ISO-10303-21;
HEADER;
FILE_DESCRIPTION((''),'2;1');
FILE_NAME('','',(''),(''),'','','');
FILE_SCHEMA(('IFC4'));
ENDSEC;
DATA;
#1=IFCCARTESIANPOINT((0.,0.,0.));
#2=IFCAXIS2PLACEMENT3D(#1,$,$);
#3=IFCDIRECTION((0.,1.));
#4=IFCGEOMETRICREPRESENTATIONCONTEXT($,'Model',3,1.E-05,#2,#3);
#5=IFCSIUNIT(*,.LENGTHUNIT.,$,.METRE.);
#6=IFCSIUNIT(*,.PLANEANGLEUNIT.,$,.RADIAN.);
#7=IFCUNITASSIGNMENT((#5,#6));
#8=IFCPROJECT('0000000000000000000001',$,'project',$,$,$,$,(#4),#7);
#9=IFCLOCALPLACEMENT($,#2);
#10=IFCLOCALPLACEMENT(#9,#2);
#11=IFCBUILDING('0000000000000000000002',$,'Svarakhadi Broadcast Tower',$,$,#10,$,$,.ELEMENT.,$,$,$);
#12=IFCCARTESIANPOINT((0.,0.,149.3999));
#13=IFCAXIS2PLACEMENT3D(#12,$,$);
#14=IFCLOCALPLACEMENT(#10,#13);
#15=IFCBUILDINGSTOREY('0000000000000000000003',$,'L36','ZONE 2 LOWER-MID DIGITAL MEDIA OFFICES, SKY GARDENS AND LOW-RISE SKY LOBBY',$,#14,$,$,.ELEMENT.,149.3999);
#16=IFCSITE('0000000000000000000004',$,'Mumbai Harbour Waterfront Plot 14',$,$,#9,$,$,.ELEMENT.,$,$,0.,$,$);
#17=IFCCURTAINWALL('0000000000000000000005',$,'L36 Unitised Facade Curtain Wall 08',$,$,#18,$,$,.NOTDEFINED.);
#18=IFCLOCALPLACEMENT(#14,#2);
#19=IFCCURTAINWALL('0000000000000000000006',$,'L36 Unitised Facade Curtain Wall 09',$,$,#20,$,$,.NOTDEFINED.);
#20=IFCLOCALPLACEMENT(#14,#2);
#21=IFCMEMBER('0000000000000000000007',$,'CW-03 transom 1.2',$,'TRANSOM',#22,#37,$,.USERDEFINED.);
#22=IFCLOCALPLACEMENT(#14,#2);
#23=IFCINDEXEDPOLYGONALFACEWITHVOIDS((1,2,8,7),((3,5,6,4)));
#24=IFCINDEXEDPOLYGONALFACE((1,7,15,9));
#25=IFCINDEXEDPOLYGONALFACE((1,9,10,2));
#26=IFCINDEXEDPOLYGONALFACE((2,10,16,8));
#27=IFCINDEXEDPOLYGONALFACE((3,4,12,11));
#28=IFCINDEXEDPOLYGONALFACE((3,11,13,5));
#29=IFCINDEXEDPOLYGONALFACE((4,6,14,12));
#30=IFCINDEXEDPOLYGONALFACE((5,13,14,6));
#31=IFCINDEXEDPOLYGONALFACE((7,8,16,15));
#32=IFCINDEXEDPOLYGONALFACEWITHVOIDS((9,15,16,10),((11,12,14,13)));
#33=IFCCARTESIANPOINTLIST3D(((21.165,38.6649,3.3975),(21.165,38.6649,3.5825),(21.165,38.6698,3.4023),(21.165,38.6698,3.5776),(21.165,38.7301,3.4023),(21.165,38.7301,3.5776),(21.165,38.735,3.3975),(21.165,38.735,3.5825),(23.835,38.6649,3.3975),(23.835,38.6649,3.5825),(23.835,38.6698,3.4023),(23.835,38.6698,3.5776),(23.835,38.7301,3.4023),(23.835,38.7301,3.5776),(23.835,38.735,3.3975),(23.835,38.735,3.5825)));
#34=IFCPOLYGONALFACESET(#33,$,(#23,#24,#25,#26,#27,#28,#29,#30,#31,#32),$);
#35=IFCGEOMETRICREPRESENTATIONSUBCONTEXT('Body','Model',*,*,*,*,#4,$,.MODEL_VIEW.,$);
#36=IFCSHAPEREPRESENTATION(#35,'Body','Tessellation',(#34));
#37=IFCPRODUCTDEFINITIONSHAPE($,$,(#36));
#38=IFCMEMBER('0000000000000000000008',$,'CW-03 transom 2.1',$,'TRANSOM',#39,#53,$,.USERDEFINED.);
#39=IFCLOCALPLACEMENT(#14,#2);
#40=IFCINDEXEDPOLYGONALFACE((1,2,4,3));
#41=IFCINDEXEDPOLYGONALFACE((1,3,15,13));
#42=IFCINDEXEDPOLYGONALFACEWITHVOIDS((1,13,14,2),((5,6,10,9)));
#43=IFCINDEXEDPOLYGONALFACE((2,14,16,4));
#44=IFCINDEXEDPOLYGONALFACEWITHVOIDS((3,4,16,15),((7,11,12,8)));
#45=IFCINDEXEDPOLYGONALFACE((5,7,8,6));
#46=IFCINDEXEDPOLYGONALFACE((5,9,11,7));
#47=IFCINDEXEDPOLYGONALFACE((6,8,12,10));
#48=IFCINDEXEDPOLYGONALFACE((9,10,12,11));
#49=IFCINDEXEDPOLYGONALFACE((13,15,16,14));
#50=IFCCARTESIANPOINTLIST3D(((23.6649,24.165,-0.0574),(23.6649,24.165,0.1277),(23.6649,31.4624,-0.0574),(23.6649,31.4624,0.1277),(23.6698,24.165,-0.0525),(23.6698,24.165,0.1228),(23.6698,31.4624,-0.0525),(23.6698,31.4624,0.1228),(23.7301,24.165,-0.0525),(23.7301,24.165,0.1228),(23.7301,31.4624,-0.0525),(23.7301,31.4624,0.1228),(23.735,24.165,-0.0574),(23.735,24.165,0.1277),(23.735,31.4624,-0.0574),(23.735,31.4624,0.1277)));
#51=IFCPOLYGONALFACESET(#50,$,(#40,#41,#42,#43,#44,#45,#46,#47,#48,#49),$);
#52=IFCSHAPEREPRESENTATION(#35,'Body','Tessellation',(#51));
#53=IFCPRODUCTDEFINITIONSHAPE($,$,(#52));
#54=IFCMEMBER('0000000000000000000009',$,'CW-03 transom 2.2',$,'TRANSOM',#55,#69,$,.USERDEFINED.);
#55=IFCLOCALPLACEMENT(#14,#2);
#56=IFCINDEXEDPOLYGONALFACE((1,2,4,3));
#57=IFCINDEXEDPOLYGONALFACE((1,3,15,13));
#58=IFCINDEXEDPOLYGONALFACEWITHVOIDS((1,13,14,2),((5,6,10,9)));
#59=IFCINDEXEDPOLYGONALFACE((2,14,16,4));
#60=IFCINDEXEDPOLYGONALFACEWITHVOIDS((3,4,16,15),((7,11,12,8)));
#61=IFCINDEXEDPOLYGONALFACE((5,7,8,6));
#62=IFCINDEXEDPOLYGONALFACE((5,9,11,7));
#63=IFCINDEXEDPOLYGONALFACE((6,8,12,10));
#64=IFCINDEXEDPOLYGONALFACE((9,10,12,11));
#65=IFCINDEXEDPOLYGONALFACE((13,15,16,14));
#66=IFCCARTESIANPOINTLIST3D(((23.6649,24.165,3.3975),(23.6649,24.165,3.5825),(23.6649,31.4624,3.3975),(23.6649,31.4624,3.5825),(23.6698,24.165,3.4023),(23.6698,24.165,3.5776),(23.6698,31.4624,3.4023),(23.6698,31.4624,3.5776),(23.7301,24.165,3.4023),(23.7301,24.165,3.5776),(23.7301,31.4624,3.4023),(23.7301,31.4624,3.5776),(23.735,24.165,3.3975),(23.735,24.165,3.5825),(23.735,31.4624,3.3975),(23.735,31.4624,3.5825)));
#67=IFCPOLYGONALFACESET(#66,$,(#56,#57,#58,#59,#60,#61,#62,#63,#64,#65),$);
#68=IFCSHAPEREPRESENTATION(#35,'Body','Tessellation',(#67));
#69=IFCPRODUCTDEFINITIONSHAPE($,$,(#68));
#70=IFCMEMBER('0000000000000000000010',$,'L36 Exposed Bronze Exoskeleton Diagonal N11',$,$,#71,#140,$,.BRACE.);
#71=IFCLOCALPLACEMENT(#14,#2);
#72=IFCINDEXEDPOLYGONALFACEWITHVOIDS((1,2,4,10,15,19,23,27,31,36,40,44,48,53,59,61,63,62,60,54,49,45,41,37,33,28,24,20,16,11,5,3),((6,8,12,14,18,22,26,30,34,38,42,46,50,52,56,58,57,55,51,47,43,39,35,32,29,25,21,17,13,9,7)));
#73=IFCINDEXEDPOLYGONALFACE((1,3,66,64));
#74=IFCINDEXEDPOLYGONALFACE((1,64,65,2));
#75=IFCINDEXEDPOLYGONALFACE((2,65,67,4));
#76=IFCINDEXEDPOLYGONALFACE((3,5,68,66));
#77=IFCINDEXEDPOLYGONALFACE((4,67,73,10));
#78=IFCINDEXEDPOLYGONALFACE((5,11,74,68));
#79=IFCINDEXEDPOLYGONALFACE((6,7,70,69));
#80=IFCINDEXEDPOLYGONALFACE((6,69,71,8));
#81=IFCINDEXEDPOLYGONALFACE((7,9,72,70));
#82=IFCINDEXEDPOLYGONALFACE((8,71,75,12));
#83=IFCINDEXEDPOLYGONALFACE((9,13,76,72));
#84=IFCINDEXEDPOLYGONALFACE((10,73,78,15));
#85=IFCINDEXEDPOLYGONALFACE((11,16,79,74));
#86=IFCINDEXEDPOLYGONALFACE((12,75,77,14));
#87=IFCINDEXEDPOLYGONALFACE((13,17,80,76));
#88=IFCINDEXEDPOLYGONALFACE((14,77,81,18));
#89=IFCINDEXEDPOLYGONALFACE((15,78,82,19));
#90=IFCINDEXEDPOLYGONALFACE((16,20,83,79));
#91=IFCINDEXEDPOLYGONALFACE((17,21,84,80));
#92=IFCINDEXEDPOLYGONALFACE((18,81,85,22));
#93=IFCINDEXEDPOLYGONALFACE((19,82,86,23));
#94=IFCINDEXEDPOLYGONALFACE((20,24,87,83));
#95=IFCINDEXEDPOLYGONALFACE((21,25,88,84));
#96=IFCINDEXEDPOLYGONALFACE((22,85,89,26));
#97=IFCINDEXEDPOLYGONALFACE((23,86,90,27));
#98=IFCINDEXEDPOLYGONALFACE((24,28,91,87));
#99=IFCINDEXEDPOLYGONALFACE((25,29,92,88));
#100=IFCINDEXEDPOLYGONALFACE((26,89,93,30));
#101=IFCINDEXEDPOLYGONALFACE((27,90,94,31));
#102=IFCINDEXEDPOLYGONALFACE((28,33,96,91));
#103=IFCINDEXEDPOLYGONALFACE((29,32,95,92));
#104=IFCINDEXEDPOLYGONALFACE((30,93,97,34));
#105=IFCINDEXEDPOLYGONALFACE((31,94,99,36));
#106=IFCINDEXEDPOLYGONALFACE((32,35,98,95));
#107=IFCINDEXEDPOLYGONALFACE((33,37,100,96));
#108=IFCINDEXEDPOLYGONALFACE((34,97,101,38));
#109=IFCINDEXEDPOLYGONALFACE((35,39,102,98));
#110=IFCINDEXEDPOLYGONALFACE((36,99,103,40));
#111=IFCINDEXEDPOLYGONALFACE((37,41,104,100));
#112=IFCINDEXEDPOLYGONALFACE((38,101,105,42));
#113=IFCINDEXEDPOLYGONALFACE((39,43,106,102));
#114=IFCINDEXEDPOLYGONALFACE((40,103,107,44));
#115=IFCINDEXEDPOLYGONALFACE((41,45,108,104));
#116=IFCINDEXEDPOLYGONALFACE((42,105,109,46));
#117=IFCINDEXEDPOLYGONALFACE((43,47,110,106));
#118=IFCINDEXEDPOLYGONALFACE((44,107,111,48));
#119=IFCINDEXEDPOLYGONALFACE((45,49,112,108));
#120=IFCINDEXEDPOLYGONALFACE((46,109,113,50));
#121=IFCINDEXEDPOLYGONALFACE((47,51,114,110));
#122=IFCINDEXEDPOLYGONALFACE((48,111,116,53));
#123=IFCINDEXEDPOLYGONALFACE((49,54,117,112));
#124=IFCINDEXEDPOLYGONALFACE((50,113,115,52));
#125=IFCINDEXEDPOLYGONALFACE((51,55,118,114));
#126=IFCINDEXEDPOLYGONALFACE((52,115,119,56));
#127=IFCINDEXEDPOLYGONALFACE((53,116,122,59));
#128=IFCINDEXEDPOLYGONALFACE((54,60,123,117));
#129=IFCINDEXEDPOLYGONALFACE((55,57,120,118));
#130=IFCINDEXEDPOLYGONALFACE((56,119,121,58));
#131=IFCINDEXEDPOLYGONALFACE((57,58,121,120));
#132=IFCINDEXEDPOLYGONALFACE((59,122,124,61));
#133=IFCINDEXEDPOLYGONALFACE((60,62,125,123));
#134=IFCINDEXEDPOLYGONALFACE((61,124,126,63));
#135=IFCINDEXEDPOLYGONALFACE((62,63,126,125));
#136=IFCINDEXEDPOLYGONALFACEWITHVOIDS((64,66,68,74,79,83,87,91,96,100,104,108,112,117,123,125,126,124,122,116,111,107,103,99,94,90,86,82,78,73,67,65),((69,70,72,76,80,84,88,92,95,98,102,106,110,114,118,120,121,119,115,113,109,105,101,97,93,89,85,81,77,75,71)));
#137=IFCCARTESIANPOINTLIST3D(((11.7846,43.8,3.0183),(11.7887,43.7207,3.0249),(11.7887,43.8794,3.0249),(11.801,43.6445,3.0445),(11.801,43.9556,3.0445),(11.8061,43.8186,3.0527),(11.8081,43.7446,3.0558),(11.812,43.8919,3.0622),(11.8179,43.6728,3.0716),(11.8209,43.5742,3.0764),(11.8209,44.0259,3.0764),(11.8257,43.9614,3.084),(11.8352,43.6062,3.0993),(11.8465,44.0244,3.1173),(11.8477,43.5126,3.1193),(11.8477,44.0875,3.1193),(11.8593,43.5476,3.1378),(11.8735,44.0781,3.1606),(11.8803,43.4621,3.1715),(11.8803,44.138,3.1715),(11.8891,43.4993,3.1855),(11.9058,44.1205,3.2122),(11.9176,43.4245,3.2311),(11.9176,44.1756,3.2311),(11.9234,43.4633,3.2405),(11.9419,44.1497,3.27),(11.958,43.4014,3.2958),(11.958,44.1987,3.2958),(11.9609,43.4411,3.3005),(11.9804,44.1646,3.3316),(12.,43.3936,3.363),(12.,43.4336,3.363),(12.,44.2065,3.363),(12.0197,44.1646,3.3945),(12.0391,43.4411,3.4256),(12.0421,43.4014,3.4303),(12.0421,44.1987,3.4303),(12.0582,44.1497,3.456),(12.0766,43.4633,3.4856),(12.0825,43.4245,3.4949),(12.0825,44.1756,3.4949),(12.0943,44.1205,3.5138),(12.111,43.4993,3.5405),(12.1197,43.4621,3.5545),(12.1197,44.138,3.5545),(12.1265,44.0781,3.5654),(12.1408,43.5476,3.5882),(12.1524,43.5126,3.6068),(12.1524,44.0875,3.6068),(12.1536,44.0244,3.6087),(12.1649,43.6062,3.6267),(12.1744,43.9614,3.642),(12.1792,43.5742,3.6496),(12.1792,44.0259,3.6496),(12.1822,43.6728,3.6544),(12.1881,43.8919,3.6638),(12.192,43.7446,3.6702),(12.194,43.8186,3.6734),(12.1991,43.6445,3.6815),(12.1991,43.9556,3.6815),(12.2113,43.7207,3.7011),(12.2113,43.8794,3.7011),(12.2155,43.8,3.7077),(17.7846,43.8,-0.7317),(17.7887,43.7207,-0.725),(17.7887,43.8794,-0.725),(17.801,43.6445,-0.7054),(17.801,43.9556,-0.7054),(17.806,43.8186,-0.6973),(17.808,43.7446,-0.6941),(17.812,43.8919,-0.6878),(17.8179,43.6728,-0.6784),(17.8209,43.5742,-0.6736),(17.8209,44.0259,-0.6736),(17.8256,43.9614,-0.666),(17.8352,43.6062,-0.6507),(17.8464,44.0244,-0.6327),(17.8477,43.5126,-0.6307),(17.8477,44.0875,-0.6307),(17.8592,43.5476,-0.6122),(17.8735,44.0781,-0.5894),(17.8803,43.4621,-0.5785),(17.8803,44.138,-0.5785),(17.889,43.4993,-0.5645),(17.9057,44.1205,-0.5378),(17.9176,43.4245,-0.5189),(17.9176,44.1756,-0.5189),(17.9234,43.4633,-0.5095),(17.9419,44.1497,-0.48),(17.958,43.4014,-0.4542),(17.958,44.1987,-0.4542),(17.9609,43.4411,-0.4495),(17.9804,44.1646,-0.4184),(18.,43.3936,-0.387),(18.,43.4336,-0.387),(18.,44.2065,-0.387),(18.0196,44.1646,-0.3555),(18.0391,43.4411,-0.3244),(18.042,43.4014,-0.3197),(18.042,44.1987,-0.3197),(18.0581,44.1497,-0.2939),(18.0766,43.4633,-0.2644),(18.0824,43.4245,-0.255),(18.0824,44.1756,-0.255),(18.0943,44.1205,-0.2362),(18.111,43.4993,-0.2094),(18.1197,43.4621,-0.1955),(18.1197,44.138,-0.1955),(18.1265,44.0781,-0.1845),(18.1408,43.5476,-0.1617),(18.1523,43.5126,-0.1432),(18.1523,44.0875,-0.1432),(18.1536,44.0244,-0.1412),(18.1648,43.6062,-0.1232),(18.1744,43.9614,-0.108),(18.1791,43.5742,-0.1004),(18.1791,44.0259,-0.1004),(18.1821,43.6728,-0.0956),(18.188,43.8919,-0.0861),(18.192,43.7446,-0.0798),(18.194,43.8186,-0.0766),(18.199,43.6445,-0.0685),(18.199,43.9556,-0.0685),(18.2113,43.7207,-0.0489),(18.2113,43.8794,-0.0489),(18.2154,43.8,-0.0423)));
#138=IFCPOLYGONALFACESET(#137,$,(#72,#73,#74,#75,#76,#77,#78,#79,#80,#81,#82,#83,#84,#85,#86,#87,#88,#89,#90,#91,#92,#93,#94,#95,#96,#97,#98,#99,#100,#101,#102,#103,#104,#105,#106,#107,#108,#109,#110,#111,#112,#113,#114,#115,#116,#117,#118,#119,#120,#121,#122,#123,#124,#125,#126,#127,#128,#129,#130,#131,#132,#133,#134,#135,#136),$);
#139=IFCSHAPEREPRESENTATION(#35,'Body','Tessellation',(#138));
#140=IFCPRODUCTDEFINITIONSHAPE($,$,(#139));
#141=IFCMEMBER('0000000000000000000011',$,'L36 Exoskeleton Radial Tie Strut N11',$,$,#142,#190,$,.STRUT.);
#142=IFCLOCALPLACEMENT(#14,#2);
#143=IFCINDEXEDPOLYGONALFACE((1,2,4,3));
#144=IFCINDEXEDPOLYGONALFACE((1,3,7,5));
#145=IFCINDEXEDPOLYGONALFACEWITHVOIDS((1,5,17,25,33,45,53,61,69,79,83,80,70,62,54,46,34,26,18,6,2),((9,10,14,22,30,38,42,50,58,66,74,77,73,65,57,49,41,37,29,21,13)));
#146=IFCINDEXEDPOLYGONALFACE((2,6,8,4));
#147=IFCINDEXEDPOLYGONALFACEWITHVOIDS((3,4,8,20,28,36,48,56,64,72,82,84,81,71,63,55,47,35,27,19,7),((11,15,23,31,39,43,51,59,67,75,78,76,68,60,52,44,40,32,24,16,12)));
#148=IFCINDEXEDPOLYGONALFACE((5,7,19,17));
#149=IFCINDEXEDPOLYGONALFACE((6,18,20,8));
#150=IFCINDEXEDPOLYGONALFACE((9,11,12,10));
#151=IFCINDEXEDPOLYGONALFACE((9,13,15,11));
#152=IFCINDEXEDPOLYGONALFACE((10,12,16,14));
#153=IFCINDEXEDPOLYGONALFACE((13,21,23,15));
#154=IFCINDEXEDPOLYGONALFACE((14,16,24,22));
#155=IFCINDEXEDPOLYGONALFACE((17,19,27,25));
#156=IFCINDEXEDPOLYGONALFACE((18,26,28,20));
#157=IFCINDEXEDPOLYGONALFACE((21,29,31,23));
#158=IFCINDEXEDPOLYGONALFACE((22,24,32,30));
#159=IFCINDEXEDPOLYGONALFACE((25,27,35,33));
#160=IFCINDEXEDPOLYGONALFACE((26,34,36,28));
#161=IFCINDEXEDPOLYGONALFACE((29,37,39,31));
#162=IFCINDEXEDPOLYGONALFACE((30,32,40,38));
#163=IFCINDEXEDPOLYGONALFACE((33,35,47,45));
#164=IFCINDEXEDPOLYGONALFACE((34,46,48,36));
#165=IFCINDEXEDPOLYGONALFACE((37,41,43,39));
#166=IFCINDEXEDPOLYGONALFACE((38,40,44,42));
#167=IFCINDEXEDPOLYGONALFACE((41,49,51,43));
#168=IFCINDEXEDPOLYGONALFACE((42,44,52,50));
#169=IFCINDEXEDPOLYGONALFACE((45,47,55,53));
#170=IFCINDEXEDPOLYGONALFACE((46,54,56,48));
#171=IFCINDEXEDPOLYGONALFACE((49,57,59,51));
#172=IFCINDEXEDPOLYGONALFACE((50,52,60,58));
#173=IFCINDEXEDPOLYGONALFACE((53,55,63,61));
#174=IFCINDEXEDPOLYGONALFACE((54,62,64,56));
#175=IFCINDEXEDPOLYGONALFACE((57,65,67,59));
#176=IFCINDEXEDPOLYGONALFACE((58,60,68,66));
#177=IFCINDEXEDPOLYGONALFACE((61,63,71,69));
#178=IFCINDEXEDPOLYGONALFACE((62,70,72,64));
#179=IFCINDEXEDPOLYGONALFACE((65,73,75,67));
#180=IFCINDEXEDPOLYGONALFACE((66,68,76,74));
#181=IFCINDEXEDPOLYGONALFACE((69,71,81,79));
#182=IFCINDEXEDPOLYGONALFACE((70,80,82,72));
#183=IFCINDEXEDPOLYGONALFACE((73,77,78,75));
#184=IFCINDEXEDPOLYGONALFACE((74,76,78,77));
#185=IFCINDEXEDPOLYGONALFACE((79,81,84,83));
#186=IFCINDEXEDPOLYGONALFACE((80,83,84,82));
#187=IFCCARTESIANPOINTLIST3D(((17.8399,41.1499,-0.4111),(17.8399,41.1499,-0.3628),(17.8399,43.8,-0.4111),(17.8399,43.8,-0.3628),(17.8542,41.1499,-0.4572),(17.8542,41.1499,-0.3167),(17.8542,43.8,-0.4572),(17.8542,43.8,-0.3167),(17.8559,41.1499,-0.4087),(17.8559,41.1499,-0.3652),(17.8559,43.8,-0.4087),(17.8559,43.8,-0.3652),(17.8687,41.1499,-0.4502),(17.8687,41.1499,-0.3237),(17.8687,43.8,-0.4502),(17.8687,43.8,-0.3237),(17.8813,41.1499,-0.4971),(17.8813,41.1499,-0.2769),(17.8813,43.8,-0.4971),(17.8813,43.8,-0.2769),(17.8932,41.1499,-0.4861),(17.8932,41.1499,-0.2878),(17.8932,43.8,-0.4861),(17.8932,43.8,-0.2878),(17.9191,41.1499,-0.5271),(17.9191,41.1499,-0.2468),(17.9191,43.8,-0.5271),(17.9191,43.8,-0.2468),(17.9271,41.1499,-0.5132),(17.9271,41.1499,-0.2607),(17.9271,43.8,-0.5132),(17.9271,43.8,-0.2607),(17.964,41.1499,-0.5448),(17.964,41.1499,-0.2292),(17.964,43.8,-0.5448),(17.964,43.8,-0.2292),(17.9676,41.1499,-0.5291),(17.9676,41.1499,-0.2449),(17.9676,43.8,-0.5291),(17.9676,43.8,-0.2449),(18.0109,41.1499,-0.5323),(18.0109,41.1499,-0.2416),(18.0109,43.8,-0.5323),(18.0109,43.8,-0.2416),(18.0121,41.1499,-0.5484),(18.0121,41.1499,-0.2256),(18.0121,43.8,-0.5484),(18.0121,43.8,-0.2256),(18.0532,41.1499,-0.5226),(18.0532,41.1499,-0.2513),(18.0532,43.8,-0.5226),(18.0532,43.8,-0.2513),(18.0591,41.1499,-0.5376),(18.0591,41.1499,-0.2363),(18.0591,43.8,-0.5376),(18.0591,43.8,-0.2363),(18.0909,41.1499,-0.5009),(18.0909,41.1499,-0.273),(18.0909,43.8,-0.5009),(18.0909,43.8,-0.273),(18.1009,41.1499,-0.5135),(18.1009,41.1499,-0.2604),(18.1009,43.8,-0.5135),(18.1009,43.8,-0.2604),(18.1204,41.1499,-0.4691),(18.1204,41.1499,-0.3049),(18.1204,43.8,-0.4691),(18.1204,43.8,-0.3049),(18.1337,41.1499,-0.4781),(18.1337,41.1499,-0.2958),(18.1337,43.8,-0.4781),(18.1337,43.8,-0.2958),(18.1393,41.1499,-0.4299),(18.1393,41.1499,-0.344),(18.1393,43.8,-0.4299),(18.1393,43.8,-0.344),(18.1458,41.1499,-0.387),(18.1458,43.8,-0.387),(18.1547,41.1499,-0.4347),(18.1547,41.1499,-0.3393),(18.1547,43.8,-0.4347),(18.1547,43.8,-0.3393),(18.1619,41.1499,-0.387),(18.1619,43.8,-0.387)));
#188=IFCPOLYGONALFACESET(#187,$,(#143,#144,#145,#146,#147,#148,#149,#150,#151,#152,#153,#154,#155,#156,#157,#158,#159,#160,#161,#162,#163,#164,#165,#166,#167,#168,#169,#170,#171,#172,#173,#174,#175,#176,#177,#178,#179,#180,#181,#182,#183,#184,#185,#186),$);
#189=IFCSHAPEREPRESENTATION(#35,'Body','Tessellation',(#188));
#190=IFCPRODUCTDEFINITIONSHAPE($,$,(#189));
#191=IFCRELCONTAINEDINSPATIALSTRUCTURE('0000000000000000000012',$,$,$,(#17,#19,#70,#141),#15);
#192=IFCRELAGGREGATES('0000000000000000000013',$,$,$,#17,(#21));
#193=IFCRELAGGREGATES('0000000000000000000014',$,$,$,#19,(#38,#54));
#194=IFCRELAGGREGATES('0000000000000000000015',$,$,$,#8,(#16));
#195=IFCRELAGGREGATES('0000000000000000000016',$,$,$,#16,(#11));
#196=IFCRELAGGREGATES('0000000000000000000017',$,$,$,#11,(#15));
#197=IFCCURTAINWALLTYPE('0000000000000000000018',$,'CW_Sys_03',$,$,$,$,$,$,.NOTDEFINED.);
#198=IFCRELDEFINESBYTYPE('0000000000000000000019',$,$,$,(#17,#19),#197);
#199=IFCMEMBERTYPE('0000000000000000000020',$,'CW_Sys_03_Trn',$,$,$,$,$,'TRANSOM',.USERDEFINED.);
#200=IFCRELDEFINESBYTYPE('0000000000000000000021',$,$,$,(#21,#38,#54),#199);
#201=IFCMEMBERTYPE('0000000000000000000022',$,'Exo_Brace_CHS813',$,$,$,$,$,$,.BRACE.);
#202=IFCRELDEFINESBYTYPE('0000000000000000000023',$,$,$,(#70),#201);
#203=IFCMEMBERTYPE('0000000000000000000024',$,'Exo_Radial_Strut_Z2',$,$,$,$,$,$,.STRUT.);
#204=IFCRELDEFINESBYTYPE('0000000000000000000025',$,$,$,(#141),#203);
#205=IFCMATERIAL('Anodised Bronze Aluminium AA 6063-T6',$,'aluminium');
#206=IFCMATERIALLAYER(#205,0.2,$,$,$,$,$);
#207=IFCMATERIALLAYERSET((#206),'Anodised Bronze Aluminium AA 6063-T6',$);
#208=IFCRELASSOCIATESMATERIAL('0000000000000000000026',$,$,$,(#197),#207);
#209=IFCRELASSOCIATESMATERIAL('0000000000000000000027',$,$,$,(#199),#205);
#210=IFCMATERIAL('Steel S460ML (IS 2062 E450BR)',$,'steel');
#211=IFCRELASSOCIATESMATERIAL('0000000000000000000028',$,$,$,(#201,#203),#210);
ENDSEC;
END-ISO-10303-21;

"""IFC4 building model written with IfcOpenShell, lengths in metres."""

from ifc_helpers import new_model, si_unit, direction, frame, origin, origin_2d, place, context, subcontext, project, spatial, hollow_rectangle, hollow_circle, extrude, material, layer, layer_set, material_profile, profile_set, type_object, element, aggregate, save


model = new_model("IFC4")

# Units and contexts
model_context = context("Model", 3, precision=1e-05, world=origin(), true_north=direction((0.0, 1.0)))
body_context = subcontext(model_context, "Body", "Model", "MODEL_VIEW")
ifc_project = project(units=[si_unit("LENGTHUNIT", "METRE"), si_unit("PLANEANGLEUNIT", "RADIAN")], contexts=[model_context])

# Site, building, storey
site_placement = place(None, origin())
site = spatial("IfcSite", under=ifc_project, at=site_placement, Name="Mumbai Harbour Waterfront Plot 14", CompositionType="ELEMENT", RefElevation=0.0)
building_placement = place(site_placement, origin())
building = spatial("IfcBuilding", under=site, at=building_placement, Name="Svarakhadi Broadcast Tower", CompositionType="ELEMENT")
storey_placement = place(building_placement, frame((0.0, 0.0, 149.3999)))
storey = spatial("IfcBuildingStorey", under=building, at=storey_placement, Name="L36", Description="ZONE 2 LOWER-MID DIGITAL MEDIA OFFICES, SKY GARDENS AND LOW-RISE SKY LOBBY", CompositionType="ELEMENT", Elevation=149.3999)

# Shared definitions
ifc_material_1 = material(Name="Anodised Bronze Aluminium AA 6063-T6", Category="aluminium")
ifc_layer_1 = layer(ifc_material_1, 0.2)
ifc_layer_set_1 = layer_set([ifc_layer_1], Name="Anodised Bronze Aluminium AA 6063-T6")
curtain_wall_type = type_object("IfcCurtainWallType", Name="CW_Sys_03", PredefinedType="NOTDEFINED", material=ifc_layer_set_1)

# Curtain walls
curtain_wall_1_placement = place(storey_placement, origin())
curtain_wall_1 = element("IfcCurtainWall", 1, at=curtain_wall_1_placement, inside=storey, type_object=curtain_wall_type, Name="L36 Unitised Facade Curtain Wall 08", PredefinedType="NOTDEFINED")
curtain_wall_2_placement = place(storey_placement, origin())
curtain_wall_2 = element("IfcCurtainWall", 2, at=curtain_wall_2_placement, inside=storey, type_object=curtain_wall_type, Name="L36 Unitised Facade Curtain Wall 09", PredefinedType="NOTDEFINED")

# Members
ifc_material_profile_1 = material_profile(ifc_material_1, hollow_rectangle(XDim=0.0701, YDim=0.1851, WallThickness=0.0049, at=origin_2d()), Name="ALU TRANSOM 185x70x5")
ifc_profile_set_1 = profile_set([ifc_material_profile_1], Name="Anodised Bronze Aluminium AA 6063-T6")
member_type_1 = type_object("IfcMemberType", Name="CW_Sys_03_Trn", ElementType="TRANSOM", PredefinedType="USERDEFINED", material=ifc_profile_set_1)
member_1_placement = place(storey_placement, frame((21.165, 38.7, 3.49), z_axis=(1.0, 0.0, 0.0), x_axis=(0.0, 1.0, 0.0)))
member_1 = element("IfcMember", 3, at=member_1_placement, type_object=member_type_1, Name="CW-03 transom 1.2", ObjectType="TRANSOM", PredefinedType="USERDEFINED", context=body_context, shape_type="SweptSolid", body=[
    extrude(hollow_rectangle(XDim=0.0701, YDim=0.1851, WallThickness=0.0049, at=origin_2d()), origin(), (0.0, 0.0, 1.0), 2.6699),
])
member_2_placement = place(storey_placement, frame((23.7, 31.4624, 0.0352), z_axis=(0.0, -1.0, 0.0), x_axis=(1.0, 0.0, 0.0)))
member_2 = element("IfcMember", 4, at=member_2_placement, type_object=member_type_1, Name="CW-03 transom 2.1", ObjectType="TRANSOM", PredefinedType="USERDEFINED", context=body_context, shape_type="SweptSolid", body=[
    extrude(hollow_rectangle(XDim=0.0701, YDim=0.1851, WallThickness=0.0049, at=origin_2d()), origin(), (0.0, 0.0, 1.0), 7.2974),
])
member_3_placement = place(storey_placement, frame((23.7, 31.4624, 3.49), z_axis=(0.0, -1.0, 0.0), x_axis=(1.0, 0.0, 0.0)))
member_3 = element("IfcMember", 5, at=member_3_placement, type_object=member_type_1, Name="CW-03 transom 2.2", ObjectType="TRANSOM", PredefinedType="USERDEFINED", context=body_context, shape_type="SweptSolid", body=[
    extrude(hollow_rectangle(XDim=0.0701, YDim=0.1851, WallThickness=0.0049, at=origin_2d()), origin(), (0.0, 0.0, 1.0), 7.2974),
])

# Members
ifc_material_2 = material(Name="Steel S460ML (IS 2062 E450BR)", Category="steel")
ifc_material_profile_2 = material_profile(ifc_material_2, hollow_circle(Radius=0.4065, WallThickness=0.04, at=origin_2d()), Name="CHS 813x40")
ifc_profile_set_2 = profile_set([ifc_material_profile_2], Name="Steel S460ML (IS 2062 E450BR)")
member_type_2 = type_object("IfcMemberType", Name="Exo_Brace_CHS813", PredefinedType="BRACE", material=ifc_profile_set_2)
member_4_placement = place(storey_placement, frame((18.0, 43.8, -0.387), z_axis=(-0.847998, 0.0, 0.529999), x_axis=(0.0, -1.0, 0.0)))
element("IfcMember", 6, at=member_4_placement, inside=storey, type_object=member_type_2, Name="L36 Exposed Bronze Exoskeleton Diagonal N11", PredefinedType="BRACE", context=body_context, shape_type="SweptSolid", body=[
    extrude(hollow_circle(Radius=0.4065, WallThickness=0.04, at=origin_2d()), origin(), (0.0, 0.0, 1.0), 7.0754),
])
ifc_material_profile_3 = material_profile(ifc_material_2, hollow_circle(Radius=0.1619, WallThickness=0.0161, at=origin_2d()), Name="CHS 323.9x16")
ifc_profile_set_3 = profile_set([ifc_material_profile_3], Name="Steel S460ML (IS 2062 E450BR)")
member_type_3 = type_object("IfcMemberType", Name="Exo_Radial_Strut_Z2", PredefinedType="STRUT", material=ifc_profile_set_3)
member_5_placement = place(storey_placement, frame((18.0, 43.8, -0.387), z_axis=(0.0, -1.0, 0.0), x_axis=(1.0, 0.0, 0.0)))
element("IfcMember", 7, at=member_5_placement, inside=storey, type_object=member_type_3, Name="L36 Exoskeleton Radial Tie Strut N11", PredefinedType="STRUT", context=body_context, shape_type="SweptSolid", body=[
    extrude(hollow_circle(Radius=0.1619, WallThickness=0.0161, at=origin_2d()), origin(), (0.0, 0.0, 1.0), 2.6501),
])

aggregate(curtain_wall_1, [member_1])
aggregate(curtain_wall_2, [member_2, member_3])

save(model, "model.ifc")
